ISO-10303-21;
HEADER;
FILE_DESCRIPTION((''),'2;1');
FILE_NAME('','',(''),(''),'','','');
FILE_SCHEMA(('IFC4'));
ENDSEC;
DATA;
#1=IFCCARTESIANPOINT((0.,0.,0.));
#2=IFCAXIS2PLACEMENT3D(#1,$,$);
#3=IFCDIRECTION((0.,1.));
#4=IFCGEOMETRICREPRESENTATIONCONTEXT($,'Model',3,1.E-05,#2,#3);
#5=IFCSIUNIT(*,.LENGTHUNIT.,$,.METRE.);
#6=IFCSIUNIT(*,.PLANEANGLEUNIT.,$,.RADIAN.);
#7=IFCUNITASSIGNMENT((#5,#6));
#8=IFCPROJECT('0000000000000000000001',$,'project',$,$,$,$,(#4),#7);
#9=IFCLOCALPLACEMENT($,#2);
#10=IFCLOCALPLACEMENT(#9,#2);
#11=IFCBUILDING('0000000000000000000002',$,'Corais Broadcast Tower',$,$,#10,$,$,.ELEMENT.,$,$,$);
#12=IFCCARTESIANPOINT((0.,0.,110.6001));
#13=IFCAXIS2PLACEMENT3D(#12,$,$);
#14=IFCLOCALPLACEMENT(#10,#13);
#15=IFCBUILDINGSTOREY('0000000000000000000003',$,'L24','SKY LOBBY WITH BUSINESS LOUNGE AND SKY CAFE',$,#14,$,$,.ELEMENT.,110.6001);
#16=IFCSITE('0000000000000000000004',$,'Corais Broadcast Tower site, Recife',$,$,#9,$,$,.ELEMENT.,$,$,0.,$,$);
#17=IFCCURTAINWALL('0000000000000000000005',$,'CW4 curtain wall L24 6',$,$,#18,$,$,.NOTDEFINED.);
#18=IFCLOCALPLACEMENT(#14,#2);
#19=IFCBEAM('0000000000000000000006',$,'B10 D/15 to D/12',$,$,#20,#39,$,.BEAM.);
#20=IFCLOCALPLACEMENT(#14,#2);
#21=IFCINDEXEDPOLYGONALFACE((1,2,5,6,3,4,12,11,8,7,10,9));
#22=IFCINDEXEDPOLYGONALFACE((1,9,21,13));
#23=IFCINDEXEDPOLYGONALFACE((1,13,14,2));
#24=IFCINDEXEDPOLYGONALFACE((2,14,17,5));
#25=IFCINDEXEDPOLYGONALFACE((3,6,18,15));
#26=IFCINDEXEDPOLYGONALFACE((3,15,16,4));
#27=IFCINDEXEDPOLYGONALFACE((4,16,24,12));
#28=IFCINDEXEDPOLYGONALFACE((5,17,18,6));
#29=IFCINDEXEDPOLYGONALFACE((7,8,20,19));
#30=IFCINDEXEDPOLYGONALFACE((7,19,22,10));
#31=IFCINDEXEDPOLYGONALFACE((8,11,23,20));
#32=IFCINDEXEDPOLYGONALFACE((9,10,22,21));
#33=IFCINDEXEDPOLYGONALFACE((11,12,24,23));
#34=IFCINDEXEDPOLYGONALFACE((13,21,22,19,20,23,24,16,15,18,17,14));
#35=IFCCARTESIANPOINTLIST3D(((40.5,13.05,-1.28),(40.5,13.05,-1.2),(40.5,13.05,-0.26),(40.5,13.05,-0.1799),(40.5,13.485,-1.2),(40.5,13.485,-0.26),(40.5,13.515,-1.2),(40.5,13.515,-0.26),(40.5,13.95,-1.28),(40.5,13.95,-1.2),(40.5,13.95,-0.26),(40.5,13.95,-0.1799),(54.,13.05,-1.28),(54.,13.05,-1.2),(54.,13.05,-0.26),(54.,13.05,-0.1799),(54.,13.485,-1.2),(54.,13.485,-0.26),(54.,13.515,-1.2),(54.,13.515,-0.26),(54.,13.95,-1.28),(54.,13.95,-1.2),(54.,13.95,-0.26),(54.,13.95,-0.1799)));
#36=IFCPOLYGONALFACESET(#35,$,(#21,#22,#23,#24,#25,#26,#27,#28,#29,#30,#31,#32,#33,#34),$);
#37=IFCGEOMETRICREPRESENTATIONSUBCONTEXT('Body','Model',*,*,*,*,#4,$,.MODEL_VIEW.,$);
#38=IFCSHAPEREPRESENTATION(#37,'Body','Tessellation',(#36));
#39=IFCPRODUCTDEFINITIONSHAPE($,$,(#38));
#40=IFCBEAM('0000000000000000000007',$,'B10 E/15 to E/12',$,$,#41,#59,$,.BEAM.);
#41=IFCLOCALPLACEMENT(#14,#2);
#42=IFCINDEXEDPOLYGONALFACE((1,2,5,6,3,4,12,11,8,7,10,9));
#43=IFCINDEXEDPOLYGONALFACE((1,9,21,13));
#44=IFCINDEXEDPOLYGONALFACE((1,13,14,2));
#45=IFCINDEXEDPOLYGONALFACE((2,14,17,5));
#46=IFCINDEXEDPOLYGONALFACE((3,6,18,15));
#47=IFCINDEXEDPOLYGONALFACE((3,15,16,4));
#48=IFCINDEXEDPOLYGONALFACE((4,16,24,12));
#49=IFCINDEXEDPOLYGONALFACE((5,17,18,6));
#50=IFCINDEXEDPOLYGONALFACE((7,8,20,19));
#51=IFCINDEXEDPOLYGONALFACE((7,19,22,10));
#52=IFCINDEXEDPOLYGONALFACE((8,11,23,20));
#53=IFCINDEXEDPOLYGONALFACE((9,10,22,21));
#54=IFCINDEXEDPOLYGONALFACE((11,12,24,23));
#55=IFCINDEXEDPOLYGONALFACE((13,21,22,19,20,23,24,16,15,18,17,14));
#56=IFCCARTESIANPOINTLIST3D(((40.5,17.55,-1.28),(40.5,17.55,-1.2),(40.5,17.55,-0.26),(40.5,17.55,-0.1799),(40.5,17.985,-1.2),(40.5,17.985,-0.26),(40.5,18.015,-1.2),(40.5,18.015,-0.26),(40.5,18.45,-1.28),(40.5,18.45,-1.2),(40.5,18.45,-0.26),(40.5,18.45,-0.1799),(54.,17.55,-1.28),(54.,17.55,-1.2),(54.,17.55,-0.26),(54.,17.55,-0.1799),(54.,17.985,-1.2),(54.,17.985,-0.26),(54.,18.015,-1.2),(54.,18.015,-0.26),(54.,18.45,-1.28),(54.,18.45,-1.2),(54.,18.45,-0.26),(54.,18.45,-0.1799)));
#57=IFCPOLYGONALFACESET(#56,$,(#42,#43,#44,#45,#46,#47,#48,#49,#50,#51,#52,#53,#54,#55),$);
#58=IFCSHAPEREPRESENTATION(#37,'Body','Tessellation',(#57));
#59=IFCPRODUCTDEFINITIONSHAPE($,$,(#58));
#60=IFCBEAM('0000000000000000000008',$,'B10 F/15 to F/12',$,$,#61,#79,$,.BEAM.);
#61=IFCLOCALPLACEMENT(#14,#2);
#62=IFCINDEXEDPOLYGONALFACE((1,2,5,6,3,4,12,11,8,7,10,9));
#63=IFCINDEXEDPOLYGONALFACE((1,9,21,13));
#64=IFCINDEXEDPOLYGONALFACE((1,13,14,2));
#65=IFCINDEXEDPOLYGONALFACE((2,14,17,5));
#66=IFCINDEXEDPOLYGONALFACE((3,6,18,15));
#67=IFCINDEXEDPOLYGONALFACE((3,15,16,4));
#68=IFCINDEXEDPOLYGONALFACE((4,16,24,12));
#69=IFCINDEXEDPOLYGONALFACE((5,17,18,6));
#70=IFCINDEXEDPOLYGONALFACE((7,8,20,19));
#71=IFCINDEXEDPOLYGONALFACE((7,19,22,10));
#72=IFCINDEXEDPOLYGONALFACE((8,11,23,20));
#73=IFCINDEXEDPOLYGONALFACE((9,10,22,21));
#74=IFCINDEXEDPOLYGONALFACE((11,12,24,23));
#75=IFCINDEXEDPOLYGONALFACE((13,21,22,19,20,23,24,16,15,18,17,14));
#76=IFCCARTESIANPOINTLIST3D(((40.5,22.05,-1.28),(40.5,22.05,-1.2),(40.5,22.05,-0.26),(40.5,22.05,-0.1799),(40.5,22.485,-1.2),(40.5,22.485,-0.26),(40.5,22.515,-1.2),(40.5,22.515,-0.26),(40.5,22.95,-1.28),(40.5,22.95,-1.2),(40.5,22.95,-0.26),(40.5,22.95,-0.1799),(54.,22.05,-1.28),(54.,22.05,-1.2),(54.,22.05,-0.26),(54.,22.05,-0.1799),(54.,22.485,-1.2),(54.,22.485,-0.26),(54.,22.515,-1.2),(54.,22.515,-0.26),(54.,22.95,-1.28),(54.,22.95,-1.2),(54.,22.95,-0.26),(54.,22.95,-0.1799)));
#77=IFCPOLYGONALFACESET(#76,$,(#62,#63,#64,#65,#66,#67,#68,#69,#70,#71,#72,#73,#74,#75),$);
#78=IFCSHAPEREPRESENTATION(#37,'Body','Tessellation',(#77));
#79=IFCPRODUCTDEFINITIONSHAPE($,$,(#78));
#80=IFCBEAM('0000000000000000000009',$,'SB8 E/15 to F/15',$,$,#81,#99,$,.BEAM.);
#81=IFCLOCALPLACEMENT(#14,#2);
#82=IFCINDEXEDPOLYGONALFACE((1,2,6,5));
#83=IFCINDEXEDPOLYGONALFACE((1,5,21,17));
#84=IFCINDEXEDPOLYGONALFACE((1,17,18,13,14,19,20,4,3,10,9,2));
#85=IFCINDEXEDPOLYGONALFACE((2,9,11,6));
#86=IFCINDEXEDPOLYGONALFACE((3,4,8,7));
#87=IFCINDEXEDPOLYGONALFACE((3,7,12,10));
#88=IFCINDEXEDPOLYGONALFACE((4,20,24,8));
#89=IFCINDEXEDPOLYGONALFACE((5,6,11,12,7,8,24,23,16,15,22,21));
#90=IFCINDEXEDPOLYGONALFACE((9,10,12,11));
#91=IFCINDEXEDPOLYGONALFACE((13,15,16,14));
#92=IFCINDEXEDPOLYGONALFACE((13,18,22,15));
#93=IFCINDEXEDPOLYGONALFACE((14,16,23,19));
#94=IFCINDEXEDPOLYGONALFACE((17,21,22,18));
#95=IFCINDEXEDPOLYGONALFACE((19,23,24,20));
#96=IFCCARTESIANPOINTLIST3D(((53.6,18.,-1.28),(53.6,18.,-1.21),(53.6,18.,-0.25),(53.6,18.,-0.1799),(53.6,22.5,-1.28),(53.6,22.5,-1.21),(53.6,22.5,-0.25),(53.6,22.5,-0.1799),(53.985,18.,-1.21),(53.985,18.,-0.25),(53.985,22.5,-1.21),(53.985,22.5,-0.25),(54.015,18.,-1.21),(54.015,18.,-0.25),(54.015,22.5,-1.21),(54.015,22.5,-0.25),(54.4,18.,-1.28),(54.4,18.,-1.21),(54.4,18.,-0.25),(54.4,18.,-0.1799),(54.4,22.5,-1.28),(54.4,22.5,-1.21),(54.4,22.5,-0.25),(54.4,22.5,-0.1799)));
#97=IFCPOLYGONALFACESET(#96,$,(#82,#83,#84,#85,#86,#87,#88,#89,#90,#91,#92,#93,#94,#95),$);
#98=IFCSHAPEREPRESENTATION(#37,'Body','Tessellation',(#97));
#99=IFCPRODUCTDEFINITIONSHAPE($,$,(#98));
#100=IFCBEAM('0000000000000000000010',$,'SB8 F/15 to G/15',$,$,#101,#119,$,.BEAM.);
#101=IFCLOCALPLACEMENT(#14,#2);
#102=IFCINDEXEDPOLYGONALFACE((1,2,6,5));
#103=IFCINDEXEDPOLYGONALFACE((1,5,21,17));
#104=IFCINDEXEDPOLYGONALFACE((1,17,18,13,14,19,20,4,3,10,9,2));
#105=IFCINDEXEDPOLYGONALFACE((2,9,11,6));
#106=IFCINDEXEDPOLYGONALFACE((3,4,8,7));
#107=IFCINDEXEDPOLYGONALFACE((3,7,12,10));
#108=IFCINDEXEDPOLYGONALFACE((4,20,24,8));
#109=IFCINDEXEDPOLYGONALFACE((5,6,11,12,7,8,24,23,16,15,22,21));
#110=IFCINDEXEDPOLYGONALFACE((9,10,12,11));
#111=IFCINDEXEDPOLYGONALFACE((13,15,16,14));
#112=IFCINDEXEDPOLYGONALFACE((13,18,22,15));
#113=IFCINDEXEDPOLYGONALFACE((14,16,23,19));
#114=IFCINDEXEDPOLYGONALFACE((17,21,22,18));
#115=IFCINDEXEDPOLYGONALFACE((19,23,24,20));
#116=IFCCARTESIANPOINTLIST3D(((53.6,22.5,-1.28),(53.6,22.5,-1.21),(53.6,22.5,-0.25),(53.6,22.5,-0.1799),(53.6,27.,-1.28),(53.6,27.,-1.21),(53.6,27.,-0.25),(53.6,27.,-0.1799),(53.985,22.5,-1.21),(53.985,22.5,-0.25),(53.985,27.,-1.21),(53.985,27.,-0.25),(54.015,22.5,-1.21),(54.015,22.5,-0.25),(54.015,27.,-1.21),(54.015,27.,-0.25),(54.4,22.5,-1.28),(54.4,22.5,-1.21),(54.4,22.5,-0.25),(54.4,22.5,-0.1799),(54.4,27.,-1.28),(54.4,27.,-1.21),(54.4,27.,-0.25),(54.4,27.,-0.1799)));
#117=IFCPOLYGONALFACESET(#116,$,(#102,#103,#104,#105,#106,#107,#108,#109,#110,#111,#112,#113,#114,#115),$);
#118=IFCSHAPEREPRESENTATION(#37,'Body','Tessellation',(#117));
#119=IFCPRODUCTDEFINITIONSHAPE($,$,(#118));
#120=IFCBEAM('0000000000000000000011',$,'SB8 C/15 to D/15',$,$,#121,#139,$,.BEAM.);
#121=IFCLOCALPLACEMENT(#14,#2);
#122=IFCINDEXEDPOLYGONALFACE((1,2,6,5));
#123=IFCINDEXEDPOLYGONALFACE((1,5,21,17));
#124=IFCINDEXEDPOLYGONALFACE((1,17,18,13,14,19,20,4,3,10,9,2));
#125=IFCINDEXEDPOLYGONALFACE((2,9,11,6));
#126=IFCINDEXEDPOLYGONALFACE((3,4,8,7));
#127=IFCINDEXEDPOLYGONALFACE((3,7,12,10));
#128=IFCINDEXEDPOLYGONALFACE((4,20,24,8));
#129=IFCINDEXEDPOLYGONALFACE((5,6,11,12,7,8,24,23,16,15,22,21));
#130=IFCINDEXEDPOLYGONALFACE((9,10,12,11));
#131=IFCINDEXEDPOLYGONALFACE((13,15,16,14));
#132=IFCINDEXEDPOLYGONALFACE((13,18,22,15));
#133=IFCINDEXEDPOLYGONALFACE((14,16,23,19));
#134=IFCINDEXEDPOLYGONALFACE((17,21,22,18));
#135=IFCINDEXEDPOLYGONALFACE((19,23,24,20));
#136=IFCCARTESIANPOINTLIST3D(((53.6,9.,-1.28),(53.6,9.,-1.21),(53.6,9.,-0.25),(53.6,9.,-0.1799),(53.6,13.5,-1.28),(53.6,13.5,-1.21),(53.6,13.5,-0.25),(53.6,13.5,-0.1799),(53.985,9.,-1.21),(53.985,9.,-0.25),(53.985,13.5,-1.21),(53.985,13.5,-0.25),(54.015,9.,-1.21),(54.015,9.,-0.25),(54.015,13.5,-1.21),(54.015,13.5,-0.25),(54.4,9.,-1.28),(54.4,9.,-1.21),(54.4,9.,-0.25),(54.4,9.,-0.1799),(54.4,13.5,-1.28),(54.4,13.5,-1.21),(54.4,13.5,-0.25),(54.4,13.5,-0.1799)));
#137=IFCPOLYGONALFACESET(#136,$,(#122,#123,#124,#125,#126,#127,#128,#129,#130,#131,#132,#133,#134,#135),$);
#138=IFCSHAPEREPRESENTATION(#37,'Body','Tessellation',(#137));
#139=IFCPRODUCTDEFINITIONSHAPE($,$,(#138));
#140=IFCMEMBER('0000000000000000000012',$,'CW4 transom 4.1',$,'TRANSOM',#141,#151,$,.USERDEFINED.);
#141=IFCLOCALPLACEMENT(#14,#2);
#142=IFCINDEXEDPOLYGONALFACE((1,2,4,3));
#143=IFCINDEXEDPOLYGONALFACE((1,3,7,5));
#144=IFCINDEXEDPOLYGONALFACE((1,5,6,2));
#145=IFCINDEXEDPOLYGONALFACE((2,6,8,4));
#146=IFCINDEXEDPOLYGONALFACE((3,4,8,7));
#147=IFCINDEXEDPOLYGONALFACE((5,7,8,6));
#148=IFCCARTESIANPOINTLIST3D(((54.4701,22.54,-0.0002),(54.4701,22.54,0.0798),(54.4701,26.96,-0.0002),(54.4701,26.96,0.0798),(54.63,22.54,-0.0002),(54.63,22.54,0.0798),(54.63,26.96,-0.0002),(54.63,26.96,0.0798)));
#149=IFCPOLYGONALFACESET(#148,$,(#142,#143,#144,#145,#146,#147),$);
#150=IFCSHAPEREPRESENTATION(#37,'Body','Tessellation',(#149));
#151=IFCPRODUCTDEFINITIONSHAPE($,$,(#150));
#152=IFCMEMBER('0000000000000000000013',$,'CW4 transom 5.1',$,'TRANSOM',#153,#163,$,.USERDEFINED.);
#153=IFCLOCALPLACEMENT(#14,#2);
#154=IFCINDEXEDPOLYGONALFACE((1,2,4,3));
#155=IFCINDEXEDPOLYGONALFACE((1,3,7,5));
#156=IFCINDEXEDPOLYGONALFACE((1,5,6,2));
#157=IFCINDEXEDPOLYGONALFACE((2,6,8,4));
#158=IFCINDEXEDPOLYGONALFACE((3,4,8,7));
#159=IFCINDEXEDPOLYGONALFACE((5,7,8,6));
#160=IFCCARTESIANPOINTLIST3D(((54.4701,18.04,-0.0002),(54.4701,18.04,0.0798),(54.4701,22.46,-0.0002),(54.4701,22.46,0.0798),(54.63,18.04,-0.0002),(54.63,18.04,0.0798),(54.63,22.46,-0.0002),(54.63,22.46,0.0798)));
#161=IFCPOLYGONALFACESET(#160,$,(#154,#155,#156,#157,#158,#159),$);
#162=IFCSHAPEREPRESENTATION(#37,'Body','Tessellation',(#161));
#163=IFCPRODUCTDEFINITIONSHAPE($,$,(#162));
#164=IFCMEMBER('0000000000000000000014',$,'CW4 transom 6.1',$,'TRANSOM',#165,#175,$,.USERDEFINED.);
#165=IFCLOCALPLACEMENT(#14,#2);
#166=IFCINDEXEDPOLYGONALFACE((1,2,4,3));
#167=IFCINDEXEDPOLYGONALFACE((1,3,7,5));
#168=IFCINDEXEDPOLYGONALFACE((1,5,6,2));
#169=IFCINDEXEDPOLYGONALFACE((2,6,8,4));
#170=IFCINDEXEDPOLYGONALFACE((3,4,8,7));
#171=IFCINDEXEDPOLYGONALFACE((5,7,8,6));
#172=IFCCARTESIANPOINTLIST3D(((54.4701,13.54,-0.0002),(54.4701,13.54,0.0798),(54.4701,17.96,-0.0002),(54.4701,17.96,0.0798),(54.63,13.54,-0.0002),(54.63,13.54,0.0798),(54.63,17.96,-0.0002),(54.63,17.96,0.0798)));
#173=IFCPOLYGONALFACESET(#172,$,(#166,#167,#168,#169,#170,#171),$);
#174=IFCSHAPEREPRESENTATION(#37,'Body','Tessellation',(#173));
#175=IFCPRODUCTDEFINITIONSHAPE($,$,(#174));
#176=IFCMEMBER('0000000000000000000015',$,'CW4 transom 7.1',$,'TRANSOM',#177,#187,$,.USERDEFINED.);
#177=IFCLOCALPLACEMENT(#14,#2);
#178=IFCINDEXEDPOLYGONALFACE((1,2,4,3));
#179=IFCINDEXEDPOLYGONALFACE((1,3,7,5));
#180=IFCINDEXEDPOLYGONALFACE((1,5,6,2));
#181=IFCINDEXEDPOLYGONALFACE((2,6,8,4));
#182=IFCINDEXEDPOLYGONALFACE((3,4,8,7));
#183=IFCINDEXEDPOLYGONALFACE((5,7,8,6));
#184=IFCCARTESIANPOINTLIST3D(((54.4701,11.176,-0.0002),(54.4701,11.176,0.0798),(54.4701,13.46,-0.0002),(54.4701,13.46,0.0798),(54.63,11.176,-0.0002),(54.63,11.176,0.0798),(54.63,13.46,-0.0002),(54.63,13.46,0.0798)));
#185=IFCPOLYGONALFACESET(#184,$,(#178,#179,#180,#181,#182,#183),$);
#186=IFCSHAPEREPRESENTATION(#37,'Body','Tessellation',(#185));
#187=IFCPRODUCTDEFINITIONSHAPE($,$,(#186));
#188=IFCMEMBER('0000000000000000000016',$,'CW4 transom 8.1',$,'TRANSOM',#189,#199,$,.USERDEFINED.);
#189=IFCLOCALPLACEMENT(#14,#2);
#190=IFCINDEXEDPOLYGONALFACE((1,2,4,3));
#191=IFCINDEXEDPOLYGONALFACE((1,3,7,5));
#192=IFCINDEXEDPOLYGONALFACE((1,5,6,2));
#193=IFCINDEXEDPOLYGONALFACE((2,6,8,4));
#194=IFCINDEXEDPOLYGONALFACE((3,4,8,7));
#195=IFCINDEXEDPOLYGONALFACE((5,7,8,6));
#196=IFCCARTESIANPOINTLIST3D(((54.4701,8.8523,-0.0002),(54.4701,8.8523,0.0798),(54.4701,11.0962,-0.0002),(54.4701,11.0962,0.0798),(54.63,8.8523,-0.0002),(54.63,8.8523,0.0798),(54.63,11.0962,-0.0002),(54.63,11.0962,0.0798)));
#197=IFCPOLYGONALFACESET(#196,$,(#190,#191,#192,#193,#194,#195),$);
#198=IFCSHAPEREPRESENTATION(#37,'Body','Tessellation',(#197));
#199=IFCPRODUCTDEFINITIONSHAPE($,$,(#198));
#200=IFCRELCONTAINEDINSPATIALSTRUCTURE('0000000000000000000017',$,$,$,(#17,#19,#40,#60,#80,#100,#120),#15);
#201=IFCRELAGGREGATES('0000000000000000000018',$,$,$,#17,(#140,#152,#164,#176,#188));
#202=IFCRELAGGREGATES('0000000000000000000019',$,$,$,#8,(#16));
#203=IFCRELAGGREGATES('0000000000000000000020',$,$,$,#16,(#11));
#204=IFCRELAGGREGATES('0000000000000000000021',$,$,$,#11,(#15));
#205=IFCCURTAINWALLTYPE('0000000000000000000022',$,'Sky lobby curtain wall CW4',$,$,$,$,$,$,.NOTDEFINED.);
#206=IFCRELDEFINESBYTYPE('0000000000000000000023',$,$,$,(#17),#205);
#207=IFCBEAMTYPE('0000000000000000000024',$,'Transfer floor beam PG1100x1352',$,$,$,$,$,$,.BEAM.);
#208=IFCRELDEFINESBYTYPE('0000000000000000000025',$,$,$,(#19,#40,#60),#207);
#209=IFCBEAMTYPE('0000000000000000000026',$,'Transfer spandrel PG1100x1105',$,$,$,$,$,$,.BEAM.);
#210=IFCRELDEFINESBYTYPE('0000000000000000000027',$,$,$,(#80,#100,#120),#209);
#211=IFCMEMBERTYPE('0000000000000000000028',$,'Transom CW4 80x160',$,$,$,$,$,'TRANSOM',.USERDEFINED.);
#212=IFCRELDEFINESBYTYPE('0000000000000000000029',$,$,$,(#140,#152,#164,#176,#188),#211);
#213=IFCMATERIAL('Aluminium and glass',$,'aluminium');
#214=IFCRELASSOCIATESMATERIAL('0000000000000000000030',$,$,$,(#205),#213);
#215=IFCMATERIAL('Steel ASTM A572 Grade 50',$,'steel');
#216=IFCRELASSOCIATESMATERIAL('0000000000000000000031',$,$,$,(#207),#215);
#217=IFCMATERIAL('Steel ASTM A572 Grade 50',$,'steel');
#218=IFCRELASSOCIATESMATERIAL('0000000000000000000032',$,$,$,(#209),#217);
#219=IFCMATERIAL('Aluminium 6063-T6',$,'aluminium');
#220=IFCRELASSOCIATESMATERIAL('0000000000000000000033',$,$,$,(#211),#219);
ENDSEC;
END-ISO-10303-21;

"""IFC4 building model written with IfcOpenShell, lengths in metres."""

from ifc_helpers import new_model, si_unit, direction, frame, origin, origin_2d, place, context, subcontext, project, spatial, rectangle, i_section, extrude, material, material_profile, profile_set, type_object, element, aggregate, save


model = new_model("IFC4")

# Units and contexts
model_context = context("Model", 3, precision=1e-05, world=origin(), true_north=direction((0.0, 1.0)))
body_context = subcontext(model_context, "Body", "Model", "MODEL_VIEW")
ifc_project = project(units=[si_unit("LENGTHUNIT", "METRE"), si_unit("PLANEANGLEUNIT", "RADIAN")], contexts=[model_context])

# Site, building, storey
site_placement = place(None, origin())
site = spatial("IfcSite", under=ifc_project, at=site_placement, Name="Corais Broadcast Tower site, Recife", CompositionType="ELEMENT", RefElevation=0.0)
building_placement = place(site_placement, origin())
building = spatial("IfcBuilding", under=site, at=building_placement, Name="Corais Broadcast Tower", CompositionType="ELEMENT")
storey_placement = place(building_placement, frame((0.0, 0.0, 110.6001)))
storey = spatial("IfcBuildingStorey", under=building, at=storey_placement, Name="L24", Description="SKY LOBBY WITH BUSINESS LOUNGE AND SKY CAFE", CompositionType="ELEMENT", Elevation=110.6001)

# Curtain wall
ifc_material_1 = material(Name="Aluminium and glass", Category="aluminium")
curtain_wall_type = type_object("IfcCurtainWallType", Name="Sky lobby curtain wall CW4", PredefinedType="NOTDEFINED", material=ifc_material_1)
curtain_wall_placement = place(storey_placement, origin())
curtain_wall = element("IfcCurtainWall", 1, at=curtain_wall_placement, inside=storey, type_object=curtain_wall_type, Name="CW4 curtain wall L24 6", PredefinedType="NOTDEFINED")

# Beams
ifc_material_2 = material(Name="Steel ASTM A572 Grade 50", Category="steel")
ifc_material_profile_1 = material_profile(ifc_material_2, i_section(OverallWidth=0.8999, OverallDepth=1.1001, WebThickness=0.03, FlangeThickness=0.0801, at=origin_2d()), Name="PG1100x1352")
ifc_profile_set_1 = profile_set([ifc_material_profile_1], Name="Steel ASTM A572 Grade 50")
beam_type_1 = type_object("IfcBeamType", Name="Transfer floor beam PG1100x1352", PredefinedType="BEAM", material=ifc_profile_set_1)
for number, where, z_axis, x_axis, name in (
    (2, (54.0, 13.5, -0.73), (-1.0, 0.0, 0.0), (0.0, -1.0, 0.0), "B10 D/15 to D/12"),
    (3, (54.0, 18.0, -0.73), (-1.0, 0.0, 0.0), (0.0, -1.0, 0.0), "B10 E/15 to E/12"),
    (4, (54.0, 22.5, -0.73), (-1.0, 0.0, 0.0), (0.0, -1.0, 0.0), "B10 F/15 to F/12"),
):
    element("IfcBeam", number, at=place(storey_placement, frame(where, z_axis=z_axis, x_axis=x_axis)), inside=storey, type_object=beam_type_1, Name=name, PredefinedType="BEAM", context=body_context, shape_type="SweptSolid", body=[
        extrude(i_section(OverallWidth=0.8999, OverallDepth=1.1001, WebThickness=0.03, FlangeThickness=0.0801, at=origin_2d()), origin(), (0.0, 0.0, 1.0), 13.5),
    ])
ifc_material_3 = material(Name="Steel ASTM A572 Grade 50", Category="steel")
ifc_material_profile_2 = material_profile(ifc_material_3, i_section(OverallWidth=0.8, OverallDepth=1.1001, WebThickness=0.03, FlangeThickness=0.0701, at=origin_2d()), Name="PG1100x1105")
ifc_profile_set_2 = profile_set([ifc_material_profile_2], Name="Steel ASTM A572 Grade 50")
beam_type_2 = type_object("IfcBeamType", Name="Transfer spandrel PG1100x1105", PredefinedType="BEAM", material=ifc_profile_set_2)
for number, where, z_axis, x_axis, name in (
    (5, (54.0, 18.0, -0.73), (0.0, 1.0, 0.0), (-1.0, 0.0, 0.0), "SB8 E/15 to F/15"),
    (6, (54.0, 22.5, -0.73), (0.0, 1.0, 0.0), (-1.0, 0.0, 0.0), "SB8 F/15 to G/15"),
    (7, (54.0, 9.0, -0.73), (0.0, 1.0, 0.0), (-1.0, 0.0, 0.0), "SB8 C/15 to D/15"),
):
    element("IfcBeam", number, at=place(storey_placement, frame(where, z_axis=z_axis, x_axis=x_axis)), inside=storey, type_object=beam_type_2, Name=name, PredefinedType="BEAM", context=body_context, shape_type="SweptSolid", body=[
        extrude(i_section(OverallWidth=0.8, OverallDepth=1.1001, WebThickness=0.03, FlangeThickness=0.0701, at=origin_2d()), origin(), (0.0, 0.0, 1.0), 4.5),
    ])

# Members
ifc_material_4 = material(Name="Aluminium 6063-T6", Category="aluminium")
ifc_material_profile_3 = material_profile(ifc_material_4, rectangle(XDim=0.1599, YDim=0.0801, at=origin_2d()), Name="Transom CW4 80x160")
ifc_profile_set_3 = profile_set([ifc_material_profile_3], Name="Aluminium 6063-T6")
member_type_1 = type_object("IfcMemberType", Name="Transom CW4 80x160", ElementType="TRANSOM", PredefinedType="USERDEFINED", material=ifc_profile_set_3)
member_1_placement = place(storey_placement, frame((54.55, 26.96, 0.0398), z_axis=(0.0, -1.0, 0.0), x_axis=(1.0, 0.0, 0.0)))
member_1 = element("IfcMember", 8, at=member_1_placement, type_object=member_type_1, Name="CW4 transom 4.1", ObjectType="TRANSOM", PredefinedType="USERDEFINED", context=body_context, shape_type="SweptSolid", body=[
    extrude(rectangle(XDim=0.1599, YDim=0.0801, at=origin_2d()), origin(), (0.0, 0.0, 1.0), 4.4199),
])
member_2_placement = place(storey_placement, frame((54.55, 22.46, 0.0398), z_axis=(0.0, -1.0, 0.0), x_axis=(1.0, 0.0, 0.0)))
member_2 = element("IfcMember", 9, at=member_2_placement, type_object=member_type_1, Name="CW4 transom 5.1", ObjectType="TRANSOM", PredefinedType="USERDEFINED", context=body_context, shape_type="SweptSolid", body=[
    extrude(rectangle(XDim=0.1599, YDim=0.0801, at=origin_2d()), origin(), (0.0, 0.0, 1.0), 4.4199),
])
member_3_placement = place(storey_placement, frame((54.55, 17.96, 0.0398), z_axis=(0.0, -1.0, 0.0), x_axis=(1.0, 0.0, 0.0)))
member_3 = element("IfcMember", 10, at=member_3_placement, type_object=member_type_1, Name="CW4 transom 6.1", ObjectType="TRANSOM", PredefinedType="USERDEFINED", context=body_context, shape_type="SweptSolid", body=[
    extrude(rectangle(XDim=0.1599, YDim=0.0801, at=origin_2d()), origin(), (0.0, 0.0, 1.0), 4.4199),
])
member_4_placement = place(storey_placement, frame((54.55, 13.46, 0.0398), z_axis=(0.0, -1.0, 0.0), x_axis=(1.0, 0.0, 0.0)))
member_4 = element("IfcMember", 11, at=member_4_placement, type_object=member_type_1, Name="CW4 transom 7.1", ObjectType="TRANSOM", PredefinedType="USERDEFINED", context=body_context, shape_type="SweptSolid", body=[
    extrude(rectangle(XDim=0.1599, YDim=0.0801, at=origin_2d()), origin(), (0.0, 0.0, 1.0), 2.2839),
])
member_5_placement = place(storey_placement, frame((54.55, 11.0962, 0.0398), z_axis=(0.0, -1.0, 0.0), x_axis=(1.0, 0.0, 0.0)))
member_5 = element("IfcMember", 12, at=member_5_placement, type_object=member_type_1, Name="CW4 transom 8.1", ObjectType="TRANSOM", PredefinedType="USERDEFINED", context=body_context, shape_type="SweptSolid", body=[
    extrude(rectangle(XDim=0.1599, YDim=0.0801, at=origin_2d()), origin(), (0.0, 0.0, 1.0), 2.2439),
])

aggregate(curtain_wall, [member_1, member_2, member_3, member_4, member_5])

save(model, "model.ifc")
